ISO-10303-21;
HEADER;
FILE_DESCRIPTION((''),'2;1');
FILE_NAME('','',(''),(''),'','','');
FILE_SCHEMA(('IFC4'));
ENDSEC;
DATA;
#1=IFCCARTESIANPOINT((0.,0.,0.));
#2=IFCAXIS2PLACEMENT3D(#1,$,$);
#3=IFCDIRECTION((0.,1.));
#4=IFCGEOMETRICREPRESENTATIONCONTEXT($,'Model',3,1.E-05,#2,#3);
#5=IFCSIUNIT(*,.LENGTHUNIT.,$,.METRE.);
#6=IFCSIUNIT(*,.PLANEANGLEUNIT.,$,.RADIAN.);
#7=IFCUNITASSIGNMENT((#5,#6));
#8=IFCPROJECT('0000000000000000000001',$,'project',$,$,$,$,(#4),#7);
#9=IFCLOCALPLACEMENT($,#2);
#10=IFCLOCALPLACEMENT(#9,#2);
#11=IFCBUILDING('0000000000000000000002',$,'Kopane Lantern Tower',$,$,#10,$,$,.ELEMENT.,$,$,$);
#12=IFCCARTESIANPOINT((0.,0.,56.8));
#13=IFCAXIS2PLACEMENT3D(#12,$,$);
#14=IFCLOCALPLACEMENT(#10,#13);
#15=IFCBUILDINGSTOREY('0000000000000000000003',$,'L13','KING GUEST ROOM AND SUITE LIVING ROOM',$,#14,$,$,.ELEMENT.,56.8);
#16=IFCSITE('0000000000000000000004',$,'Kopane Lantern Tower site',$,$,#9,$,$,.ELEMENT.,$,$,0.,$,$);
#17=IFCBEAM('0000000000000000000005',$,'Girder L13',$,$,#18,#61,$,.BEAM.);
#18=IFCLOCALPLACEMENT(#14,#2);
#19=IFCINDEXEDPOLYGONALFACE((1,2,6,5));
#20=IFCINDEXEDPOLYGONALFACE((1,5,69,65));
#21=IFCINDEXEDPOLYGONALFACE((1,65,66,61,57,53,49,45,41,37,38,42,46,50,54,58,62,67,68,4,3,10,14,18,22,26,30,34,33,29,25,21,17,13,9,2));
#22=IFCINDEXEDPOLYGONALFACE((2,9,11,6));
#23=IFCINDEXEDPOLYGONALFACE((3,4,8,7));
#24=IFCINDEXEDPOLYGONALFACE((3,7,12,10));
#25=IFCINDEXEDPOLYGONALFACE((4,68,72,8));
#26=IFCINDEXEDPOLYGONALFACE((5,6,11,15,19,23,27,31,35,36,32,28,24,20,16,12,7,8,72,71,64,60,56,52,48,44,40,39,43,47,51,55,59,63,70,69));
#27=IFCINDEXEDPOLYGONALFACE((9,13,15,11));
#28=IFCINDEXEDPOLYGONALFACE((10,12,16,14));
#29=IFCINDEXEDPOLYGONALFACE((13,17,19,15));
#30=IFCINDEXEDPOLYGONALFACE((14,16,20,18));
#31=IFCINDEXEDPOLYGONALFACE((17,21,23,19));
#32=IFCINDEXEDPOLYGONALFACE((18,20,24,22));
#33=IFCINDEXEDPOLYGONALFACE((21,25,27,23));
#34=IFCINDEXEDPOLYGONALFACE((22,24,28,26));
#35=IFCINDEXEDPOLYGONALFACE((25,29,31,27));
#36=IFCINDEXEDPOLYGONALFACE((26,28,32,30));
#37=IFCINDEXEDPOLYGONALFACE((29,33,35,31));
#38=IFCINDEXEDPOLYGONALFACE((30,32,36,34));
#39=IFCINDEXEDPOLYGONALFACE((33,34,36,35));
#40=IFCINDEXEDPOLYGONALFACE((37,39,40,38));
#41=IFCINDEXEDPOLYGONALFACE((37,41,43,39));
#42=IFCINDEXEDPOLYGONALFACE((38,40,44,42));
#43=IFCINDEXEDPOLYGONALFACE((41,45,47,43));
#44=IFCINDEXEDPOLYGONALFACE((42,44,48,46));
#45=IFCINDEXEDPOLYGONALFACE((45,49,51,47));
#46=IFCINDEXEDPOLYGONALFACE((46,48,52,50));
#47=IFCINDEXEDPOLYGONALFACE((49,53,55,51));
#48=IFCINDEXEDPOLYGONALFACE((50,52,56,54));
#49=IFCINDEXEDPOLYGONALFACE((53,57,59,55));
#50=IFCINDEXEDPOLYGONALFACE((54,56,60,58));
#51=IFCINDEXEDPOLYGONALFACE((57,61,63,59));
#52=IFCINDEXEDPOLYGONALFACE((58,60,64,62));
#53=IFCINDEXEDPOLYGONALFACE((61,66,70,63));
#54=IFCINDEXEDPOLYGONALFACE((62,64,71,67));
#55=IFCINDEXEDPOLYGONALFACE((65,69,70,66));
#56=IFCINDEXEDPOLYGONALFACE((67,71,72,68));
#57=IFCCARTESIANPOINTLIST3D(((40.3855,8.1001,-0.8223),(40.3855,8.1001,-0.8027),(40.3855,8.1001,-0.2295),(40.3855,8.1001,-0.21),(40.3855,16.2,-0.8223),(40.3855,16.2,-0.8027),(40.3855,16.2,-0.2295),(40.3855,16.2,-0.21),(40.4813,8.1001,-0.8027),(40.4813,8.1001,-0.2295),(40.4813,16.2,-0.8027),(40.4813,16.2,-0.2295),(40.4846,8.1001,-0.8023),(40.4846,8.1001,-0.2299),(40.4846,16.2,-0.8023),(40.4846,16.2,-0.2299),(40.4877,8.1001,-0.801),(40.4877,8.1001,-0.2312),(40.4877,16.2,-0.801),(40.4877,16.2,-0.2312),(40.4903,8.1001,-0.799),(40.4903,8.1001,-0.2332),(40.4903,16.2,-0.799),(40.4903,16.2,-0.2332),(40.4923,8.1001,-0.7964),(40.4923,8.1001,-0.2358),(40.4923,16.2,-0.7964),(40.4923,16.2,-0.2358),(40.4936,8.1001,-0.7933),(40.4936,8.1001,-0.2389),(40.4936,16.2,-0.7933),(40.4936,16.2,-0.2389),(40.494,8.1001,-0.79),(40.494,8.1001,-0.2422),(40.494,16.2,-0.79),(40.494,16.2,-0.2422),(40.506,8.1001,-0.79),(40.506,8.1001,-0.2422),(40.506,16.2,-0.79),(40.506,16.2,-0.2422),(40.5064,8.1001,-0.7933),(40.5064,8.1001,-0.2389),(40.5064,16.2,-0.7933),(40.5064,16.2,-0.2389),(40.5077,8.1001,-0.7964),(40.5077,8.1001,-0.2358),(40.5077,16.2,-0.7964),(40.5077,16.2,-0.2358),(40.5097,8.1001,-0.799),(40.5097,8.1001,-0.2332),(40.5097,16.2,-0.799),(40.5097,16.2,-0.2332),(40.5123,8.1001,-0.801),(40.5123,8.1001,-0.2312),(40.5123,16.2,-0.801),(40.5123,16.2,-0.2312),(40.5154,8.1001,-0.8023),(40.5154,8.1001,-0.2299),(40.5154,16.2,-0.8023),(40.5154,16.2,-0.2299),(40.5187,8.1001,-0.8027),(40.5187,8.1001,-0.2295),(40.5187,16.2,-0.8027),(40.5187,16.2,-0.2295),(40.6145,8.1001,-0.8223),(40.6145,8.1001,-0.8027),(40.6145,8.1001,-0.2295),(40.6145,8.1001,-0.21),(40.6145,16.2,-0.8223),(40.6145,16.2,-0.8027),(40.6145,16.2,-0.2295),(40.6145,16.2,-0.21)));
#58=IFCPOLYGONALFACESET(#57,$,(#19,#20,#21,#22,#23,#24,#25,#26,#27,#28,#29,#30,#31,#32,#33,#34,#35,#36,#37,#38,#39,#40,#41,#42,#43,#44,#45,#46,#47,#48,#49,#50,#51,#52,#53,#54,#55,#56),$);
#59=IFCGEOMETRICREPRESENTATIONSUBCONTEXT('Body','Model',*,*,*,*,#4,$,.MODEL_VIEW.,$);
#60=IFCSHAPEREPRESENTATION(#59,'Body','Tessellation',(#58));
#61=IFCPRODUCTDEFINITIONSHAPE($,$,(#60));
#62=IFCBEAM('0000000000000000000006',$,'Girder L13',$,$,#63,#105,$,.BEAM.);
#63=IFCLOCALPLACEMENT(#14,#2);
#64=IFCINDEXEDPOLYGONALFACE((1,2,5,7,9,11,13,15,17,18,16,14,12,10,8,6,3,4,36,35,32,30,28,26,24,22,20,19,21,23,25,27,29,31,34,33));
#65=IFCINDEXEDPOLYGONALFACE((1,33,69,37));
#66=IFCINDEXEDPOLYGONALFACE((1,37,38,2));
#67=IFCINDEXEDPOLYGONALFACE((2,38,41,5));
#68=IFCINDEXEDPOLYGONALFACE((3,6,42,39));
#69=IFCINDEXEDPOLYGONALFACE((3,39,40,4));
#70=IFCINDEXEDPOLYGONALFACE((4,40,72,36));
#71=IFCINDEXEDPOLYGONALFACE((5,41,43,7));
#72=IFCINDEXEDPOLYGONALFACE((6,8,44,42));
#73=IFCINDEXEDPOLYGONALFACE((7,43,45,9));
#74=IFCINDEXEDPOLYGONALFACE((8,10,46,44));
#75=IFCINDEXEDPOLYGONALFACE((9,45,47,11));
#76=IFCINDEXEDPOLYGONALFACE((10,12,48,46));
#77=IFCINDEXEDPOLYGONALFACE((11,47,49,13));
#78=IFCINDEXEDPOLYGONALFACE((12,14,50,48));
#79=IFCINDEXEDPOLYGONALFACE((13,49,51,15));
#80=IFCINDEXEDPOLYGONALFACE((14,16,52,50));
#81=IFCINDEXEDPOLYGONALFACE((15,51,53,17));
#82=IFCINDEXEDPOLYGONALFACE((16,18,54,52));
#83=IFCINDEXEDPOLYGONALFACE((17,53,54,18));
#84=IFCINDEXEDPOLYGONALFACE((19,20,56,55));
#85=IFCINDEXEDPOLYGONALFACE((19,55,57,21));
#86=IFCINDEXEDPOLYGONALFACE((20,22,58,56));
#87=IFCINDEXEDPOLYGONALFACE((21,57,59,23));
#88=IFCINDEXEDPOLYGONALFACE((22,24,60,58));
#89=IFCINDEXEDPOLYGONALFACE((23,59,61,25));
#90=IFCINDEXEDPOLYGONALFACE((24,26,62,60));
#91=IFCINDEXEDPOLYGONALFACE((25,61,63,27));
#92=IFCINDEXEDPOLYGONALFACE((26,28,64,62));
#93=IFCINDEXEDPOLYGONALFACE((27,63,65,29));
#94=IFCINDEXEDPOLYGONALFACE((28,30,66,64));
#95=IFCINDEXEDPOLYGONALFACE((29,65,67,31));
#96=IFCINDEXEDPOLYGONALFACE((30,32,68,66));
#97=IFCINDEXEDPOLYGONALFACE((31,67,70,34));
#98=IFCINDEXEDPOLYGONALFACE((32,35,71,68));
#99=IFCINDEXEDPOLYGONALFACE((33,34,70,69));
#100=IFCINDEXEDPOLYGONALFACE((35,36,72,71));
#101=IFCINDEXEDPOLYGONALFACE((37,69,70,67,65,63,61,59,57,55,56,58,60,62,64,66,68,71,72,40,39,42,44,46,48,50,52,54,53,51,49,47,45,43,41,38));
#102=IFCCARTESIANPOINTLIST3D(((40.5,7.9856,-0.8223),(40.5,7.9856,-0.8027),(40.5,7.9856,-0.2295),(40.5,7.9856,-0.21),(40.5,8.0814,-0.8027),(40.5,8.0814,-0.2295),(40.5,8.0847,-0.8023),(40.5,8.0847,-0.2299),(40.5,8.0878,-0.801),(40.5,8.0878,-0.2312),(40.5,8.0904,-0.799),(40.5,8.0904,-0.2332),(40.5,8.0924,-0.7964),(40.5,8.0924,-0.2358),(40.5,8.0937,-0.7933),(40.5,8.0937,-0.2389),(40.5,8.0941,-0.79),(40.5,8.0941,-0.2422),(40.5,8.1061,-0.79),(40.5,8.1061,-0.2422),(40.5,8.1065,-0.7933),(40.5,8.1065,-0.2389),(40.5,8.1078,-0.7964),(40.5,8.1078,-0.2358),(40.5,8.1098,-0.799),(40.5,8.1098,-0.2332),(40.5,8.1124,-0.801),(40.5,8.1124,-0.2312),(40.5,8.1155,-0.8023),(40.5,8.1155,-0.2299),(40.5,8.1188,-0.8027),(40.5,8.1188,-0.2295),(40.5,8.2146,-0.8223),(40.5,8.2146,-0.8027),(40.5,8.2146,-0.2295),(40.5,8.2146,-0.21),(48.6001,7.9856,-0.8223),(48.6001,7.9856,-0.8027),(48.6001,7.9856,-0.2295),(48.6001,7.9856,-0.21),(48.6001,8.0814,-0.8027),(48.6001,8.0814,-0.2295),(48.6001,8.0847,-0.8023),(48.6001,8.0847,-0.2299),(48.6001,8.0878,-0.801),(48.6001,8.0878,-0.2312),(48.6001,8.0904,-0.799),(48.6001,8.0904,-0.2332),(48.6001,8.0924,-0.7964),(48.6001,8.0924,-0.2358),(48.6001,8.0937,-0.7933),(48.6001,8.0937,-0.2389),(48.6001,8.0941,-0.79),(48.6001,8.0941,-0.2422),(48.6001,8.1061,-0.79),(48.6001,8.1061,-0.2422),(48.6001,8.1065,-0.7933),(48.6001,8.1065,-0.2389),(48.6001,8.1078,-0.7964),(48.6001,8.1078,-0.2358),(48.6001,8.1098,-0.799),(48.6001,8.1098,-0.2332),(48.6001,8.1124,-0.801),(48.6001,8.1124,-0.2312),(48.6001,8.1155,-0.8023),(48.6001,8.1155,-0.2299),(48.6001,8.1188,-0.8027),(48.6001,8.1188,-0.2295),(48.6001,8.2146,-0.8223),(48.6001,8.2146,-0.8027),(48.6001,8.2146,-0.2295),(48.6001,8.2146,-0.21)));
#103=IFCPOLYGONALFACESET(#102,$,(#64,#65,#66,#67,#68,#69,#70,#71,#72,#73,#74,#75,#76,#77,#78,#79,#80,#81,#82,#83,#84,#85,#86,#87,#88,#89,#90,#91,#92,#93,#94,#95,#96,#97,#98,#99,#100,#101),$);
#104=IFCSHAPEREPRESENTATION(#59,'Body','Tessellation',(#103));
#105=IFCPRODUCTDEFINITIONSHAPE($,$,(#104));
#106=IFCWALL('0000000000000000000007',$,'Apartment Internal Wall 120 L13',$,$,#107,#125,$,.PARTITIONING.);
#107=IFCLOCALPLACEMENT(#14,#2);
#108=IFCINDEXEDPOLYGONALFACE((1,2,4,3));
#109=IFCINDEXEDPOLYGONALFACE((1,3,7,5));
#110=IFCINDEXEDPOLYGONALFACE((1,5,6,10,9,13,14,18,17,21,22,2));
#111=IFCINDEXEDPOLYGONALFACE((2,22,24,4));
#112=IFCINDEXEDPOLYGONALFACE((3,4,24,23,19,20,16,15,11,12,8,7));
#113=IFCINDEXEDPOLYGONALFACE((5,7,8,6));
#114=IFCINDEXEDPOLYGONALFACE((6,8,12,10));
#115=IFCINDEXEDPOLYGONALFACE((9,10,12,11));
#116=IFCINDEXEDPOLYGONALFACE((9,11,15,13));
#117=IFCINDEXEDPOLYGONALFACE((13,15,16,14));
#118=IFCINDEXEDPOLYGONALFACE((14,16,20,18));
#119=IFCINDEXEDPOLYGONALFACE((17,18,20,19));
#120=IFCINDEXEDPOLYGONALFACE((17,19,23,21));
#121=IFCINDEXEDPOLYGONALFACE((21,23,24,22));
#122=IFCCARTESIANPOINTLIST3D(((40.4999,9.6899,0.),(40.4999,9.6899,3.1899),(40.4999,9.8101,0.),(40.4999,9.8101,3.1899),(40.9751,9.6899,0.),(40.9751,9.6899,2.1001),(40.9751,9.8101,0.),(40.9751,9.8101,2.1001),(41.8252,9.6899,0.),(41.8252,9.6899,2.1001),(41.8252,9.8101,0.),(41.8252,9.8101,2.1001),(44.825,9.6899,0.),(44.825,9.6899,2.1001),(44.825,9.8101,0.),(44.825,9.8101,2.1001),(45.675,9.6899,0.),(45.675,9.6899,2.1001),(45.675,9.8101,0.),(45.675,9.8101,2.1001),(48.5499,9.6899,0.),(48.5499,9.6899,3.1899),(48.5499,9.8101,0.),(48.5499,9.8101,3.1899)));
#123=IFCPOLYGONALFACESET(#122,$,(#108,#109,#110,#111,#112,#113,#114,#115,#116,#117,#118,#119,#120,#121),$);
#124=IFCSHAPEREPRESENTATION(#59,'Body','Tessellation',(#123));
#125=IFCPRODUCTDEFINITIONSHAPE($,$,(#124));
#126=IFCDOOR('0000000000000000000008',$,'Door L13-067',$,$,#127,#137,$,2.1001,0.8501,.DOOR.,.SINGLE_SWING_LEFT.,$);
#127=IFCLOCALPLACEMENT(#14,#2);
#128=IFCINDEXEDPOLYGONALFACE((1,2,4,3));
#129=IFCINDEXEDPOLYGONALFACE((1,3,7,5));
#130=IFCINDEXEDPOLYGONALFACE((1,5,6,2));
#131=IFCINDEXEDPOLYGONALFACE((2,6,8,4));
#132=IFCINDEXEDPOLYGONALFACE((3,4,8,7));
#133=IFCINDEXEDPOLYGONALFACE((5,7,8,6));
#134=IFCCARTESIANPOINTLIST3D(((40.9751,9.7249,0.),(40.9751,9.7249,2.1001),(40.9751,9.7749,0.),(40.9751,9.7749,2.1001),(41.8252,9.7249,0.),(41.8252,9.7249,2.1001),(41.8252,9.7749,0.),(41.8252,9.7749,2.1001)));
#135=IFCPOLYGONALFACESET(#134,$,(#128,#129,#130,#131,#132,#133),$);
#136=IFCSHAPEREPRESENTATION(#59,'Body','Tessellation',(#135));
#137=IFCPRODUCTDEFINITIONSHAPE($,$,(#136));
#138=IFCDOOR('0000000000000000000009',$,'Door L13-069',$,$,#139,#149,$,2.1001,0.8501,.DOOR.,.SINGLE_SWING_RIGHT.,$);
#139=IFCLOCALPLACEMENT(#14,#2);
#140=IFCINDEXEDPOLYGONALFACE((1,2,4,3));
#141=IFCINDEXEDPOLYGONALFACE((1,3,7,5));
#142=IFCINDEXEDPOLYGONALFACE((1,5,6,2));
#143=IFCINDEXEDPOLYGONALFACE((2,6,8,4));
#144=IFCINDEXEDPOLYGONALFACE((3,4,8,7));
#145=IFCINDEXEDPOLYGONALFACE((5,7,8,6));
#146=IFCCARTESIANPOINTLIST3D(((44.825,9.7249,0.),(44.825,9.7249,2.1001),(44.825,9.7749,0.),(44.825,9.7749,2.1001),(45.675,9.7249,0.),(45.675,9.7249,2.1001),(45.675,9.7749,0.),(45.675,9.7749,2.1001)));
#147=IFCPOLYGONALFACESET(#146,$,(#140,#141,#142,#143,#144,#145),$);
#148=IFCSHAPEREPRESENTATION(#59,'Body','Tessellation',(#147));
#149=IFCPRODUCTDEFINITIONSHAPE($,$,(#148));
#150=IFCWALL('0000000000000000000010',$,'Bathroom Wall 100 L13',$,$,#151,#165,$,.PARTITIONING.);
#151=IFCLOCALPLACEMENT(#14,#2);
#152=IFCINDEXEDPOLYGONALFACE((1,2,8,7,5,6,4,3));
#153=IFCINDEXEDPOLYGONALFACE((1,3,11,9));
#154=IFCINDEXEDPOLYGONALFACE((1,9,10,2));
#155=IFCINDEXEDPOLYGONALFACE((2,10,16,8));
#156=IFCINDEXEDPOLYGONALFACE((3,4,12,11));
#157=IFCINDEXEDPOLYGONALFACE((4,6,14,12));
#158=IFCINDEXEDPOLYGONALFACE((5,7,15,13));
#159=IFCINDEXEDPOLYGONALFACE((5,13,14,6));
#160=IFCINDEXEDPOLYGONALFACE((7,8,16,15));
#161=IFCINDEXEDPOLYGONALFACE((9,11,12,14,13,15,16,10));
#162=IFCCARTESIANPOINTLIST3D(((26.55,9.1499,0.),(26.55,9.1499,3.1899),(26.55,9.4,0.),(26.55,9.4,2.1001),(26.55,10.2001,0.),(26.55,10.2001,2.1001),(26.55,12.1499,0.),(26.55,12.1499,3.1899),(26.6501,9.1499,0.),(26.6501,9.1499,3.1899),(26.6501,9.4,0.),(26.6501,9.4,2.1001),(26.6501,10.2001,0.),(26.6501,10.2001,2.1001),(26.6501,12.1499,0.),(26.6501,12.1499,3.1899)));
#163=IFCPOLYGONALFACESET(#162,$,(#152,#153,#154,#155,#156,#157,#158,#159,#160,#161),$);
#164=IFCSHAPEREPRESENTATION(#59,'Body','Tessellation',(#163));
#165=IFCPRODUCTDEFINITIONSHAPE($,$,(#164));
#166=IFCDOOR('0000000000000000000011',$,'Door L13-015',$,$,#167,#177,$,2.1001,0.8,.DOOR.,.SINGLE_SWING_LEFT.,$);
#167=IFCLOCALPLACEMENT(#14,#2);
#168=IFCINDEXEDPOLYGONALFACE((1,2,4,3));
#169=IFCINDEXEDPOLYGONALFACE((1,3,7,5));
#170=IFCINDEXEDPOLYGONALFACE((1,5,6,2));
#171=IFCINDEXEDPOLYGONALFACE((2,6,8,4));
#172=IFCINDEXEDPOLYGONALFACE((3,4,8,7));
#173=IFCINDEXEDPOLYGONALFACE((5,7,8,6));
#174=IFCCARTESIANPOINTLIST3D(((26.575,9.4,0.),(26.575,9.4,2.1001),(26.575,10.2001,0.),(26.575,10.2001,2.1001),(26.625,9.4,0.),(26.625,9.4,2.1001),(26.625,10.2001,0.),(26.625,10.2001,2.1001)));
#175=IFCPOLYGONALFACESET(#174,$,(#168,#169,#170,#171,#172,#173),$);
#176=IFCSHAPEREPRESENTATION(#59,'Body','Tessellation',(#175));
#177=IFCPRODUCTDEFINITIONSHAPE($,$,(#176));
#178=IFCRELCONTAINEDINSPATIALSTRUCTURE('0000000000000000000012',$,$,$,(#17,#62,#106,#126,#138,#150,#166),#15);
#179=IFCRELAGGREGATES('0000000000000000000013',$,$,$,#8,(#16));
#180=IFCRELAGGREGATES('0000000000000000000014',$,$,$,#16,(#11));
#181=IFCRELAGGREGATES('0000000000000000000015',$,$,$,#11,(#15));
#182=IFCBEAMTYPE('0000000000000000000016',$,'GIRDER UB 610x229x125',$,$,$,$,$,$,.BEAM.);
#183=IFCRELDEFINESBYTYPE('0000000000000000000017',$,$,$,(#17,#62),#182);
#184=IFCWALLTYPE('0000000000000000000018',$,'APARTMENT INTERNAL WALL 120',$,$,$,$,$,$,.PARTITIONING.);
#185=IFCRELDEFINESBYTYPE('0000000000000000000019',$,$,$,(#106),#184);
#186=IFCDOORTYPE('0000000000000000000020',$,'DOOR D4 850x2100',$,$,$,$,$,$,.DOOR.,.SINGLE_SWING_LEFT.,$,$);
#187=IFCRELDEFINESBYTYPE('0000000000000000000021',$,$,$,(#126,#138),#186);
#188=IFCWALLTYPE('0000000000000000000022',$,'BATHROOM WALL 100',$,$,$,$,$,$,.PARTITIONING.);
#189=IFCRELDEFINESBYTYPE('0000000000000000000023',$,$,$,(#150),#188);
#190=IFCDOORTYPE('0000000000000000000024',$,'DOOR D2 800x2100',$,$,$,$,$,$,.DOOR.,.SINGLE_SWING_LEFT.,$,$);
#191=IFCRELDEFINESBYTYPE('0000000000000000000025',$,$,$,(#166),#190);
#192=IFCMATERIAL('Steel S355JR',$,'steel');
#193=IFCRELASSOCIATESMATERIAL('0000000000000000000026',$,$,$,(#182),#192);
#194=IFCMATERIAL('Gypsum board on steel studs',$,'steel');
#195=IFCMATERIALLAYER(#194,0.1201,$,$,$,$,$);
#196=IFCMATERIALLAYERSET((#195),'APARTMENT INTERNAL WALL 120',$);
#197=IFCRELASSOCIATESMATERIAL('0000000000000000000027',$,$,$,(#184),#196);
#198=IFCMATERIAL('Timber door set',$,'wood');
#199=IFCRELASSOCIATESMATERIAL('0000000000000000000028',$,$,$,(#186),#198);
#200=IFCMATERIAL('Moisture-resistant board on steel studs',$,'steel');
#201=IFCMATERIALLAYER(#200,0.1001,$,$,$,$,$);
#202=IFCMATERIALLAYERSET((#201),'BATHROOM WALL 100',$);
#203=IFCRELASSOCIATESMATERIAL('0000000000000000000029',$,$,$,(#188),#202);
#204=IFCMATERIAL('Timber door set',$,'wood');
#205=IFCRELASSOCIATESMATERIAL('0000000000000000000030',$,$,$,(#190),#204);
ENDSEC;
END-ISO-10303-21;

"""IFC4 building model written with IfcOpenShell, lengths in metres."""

from ifc_helpers import new_model, si_unit, direction, frame, frame_2d, origin, origin_2d, place, context, subcontext, project, spatial, rectangle, i_section, extrude, material, layer, layer_set, material_profile, profile_set, type_object, element, fill, save


model = new_model("IFC4")

# Units and contexts
model_context = context("Model", 3, precision=1e-05, world=origin(), true_north=direction((0.0, 1.0)))
body_context = subcontext(model_context, "Body", "Model", "MODEL_VIEW")
ifc_project = project(units=[si_unit("LENGTHUNIT", "METRE"), si_unit("PLANEANGLEUNIT", "RADIAN")], contexts=[model_context])

# Site, building, storey
site_placement = place(None, origin())
site = spatial("IfcSite", under=ifc_project, at=site_placement, Name="Kopane Lantern Tower site", CompositionType="ELEMENT", RefElevation=0.0)
building_placement = place(site_placement, origin())
building = spatial("IfcBuilding", under=site, at=building_placement, Name="Kopane Lantern Tower", CompositionType="ELEMENT")
storey_placement = place(building_placement, frame((0.0, 0.0, 56.8)))
storey = spatial("IfcBuildingStorey", under=building, at=storey_placement, Name="L13", Description="KING GUEST ROOM AND SUITE LIVING ROOM", CompositionType="ELEMENT", Elevation=56.8)

# Beams
ifc_material_1 = material(Name="Steel S355JR", Category="steel")
ifc_material_profile_1 = material_profile(ifc_material_1, i_section(OverallWidth=0.229, OverallDepth=0.6123, WebThickness=0.012, FlangeThickness=0.0195, FilletRadius=0.0127, at=origin_2d()), Name="UB 610x229x125")
ifc_profile_set_1 = profile_set([ifc_material_profile_1], Name="Steel S355JR")
beam_type = type_object("IfcBeamType", Name="GIRDER UB 610x229x125", PredefinedType="BEAM", material=ifc_profile_set_1)
beam_1_placement = place(storey_placement, frame((40.5, 8.1001, -0.5161), z_axis=(0.0, 1.0, 0.0), x_axis=(-1.0, 0.0, 0.0)))
element("IfcBeam", 1, at=beam_1_placement, inside=storey, type_object=beam_type, Name="Girder L13", PredefinedType="BEAM", context=body_context, shape_type="SweptSolid", body=[
    extrude(i_section(OverallWidth=0.229, OverallDepth=0.6123, WebThickness=0.012, FlangeThickness=0.0195, FilletRadius=0.0127, at=origin_2d()), origin(), (0.0, 0.0, 1.0), 8.0999),
])
beam_2_placement = place(storey_placement, frame((40.5, 8.1001, -0.5161), z_axis=(1.0, 0.0, 0.0), x_axis=(0.0, 1.0, 0.0)))
element("IfcBeam", 2, at=beam_2_placement, inside=storey, type_object=beam_type, Name="Girder L13", PredefinedType="BEAM", context=body_context, shape_type="SweptSolid", body=[
    extrude(i_section(OverallWidth=0.229, OverallDepth=0.6123, WebThickness=0.012, FlangeThickness=0.0195, FilletRadius=0.0127, at=origin_2d()), origin(), (0.0, 0.0, 1.0), 8.1001),
])

# Wall, openings, doors
ifc_material_2 = material(Name="Gypsum board on steel studs", Category="steel")
ifc_layer_1 = layer(ifc_material_2, 0.1201)
ifc_layer_set_1 = layer_set([ifc_layer_1], Name="APARTMENT INTERNAL WALL 120")
wall_type_1 = type_object("IfcWallType", Name="APARTMENT INTERNAL WALL 120", PredefinedType="PARTITIONING", material=ifc_layer_set_1)
wall_1_placement = place(storey_placement, frame((40.5, 9.75, 0.0), z_axis=(0.0, 0.0, 1.0), x_axis=(1.0, 0.0, 0.0)))
wall_1 = element("IfcWall", 3, at=wall_1_placement, inside=storey, type_object=wall_type_1, Name="Apartment Internal Wall 120 L13", PredefinedType="PARTITIONING", context=body_context, shape_type="SweptSolid", body=[
    extrude(rectangle(XDim=8.05, YDim=0.1201, at=frame_2d((4.0249, 0.0))), origin(), (0.0, 0.0, 1.0), 3.1899),
])
opening_1_placement = place(wall_1_placement, frame((0.4751, 0.0, 0.0)))
opening_1 = element("IfcOpeningElement", 4, at=opening_1_placement, cuts=wall_1, PredefinedType="OPENING", context=body_context, shape_type="SweptSolid", body=[
    extrude(rectangle(XDim=0.8501, YDim=2.1001, at=frame_2d((0.425, 1.05))), frame((0.0, 0.0701, 0.0), z_axis=(0.0, -1.0, 0.0), x_axis=(1.0, 0.0, 0.0)), (0.0, 0.0, 1.0), 0.1401),
])
opening_2_placement = place(wall_1_placement, frame((4.325, 0.0, 0.0)))
opening_2 = element("IfcOpeningElement", 5, at=opening_2_placement, cuts=wall_1, PredefinedType="OPENING", context=body_context, shape_type="SweptSolid", body=[
    extrude(rectangle(XDim=0.8501, YDim=2.1001, at=frame_2d((0.425, 1.05))), frame((0.0, 0.0701, 0.0), z_axis=(0.0, -1.0, 0.0), x_axis=(1.0, 0.0, 0.0)), (0.0, 0.0, 1.0), 0.1401),
])
ifc_material_3 = material(Name="Timber door set", Category="wood")
door_type_1 = type_object("IfcDoorType", Name="DOOR D4 850x2100", OperationType="SINGLE_SWING_LEFT", PredefinedType="DOOR", material=ifc_material_3)
door_1_placement = place(opening_1_placement, origin())
door_1 = element("IfcDoor", 6, at=door_1_placement, inside=storey, type_object=door_type_1, Name="Door L13-067", OperationType="SINGLE_SWING_LEFT", OverallHeight=2.1001, OverallWidth=0.8501, PredefinedType="DOOR", context=body_context, shape_type="SweptSolid", body=[
    extrude(rectangle(XDim=0.8501, YDim=2.1001, at=frame_2d((0.425, 1.05))), frame((0.0, 0.0249, 0.0), z_axis=(0.0, -1.0, 0.0), x_axis=(1.0, 0.0, 0.0)), (0.0, 0.0, 1.0), 0.05),
])
fill(opening_1, door_1)
door_2_placement = place(opening_2_placement, origin())
door_2 = element("IfcDoor", 7, at=door_2_placement, inside=storey, type_object=door_type_1, Name="Door L13-069", OperationType="SINGLE_SWING_RIGHT", OverallHeight=2.1001, OverallWidth=0.8501, PredefinedType="DOOR", context=body_context, shape_type="SweptSolid", body=[
    extrude(rectangle(XDim=0.8501, YDim=2.1001, at=frame_2d((0.425, 1.05))), frame((0.0, 0.0249, 0.0), z_axis=(0.0, -1.0, 0.0), x_axis=(1.0, 0.0, 0.0)), (0.0, 0.0, 1.0), 0.05),
])
fill(opening_2, door_2)

# Wall, opening, door
ifc_material_4 = material(Name="Moisture-resistant board on steel studs", Category="steel")
ifc_layer_2 = layer(ifc_material_4, 0.1001)
ifc_layer_set_2 = layer_set([ifc_layer_2], Name="BATHROOM WALL 100")
wall_type_2 = type_object("IfcWallType", Name="BATHROOM WALL 100", PredefinedType="PARTITIONING", material=ifc_layer_set_2)
wall_2_placement = place(storey_placement, frame((26.6001, 12.1499, 0.0), z_axis=(0.0, 0.0, 1.0), x_axis=(0.0, -1.0, 0.0)))
wall_2 = element("IfcWall", 8, at=wall_2_placement, inside=storey, type_object=wall_type_2, Name="Bathroom Wall 100 L13", PredefinedType="PARTITIONING", context=body_context, shape_type="SweptSolid", body=[
    extrude(rectangle(XDim=3.0, YDim=0.1001, at=frame_2d((1.5, 0.0))), origin(), (0.0, 0.0, 1.0), 3.1899),
])
opening_3_placement = place(wall_2_placement, frame((1.95, 0.0, 0.0)))
opening_3 = element("IfcOpeningElement", 9, at=opening_3_placement, cuts=wall_2, PredefinedType="OPENING", context=body_context, shape_type="SweptSolid", body=[
    extrude(rectangle(XDim=0.8, YDim=2.1001, at=frame_2d((0.3999, 1.05))), frame((0.0, 0.0601, 0.0), z_axis=(0.0, -1.0, 0.0), x_axis=(1.0, 0.0, 0.0)), (0.0, 0.0, 1.0), 0.1201),
])
ifc_material_5 = material(Name="Timber door set", Category="wood")
door_type_2 = type_object("IfcDoorType", Name="DOOR D2 800x2100", OperationType="SINGLE_SWING_LEFT", PredefinedType="DOOR", material=ifc_material_5)
door_3_placement = place(opening_3_placement, origin())
door_3 = element("IfcDoor", 10, at=door_3_placement, inside=storey, type_object=door_type_2, Name="Door L13-015", OperationType="SINGLE_SWING_LEFT", OverallHeight=2.1001, OverallWidth=0.8, PredefinedType="DOOR", context=body_context, shape_type="SweptSolid", body=[
    extrude(rectangle(XDim=0.8, YDim=2.1001, at=frame_2d((0.3999, 1.05))), frame((0.0, 0.0249, 0.0), z_axis=(0.0, -1.0, 0.0), x_axis=(1.0, 0.0, 0.0)), (0.0, 0.0, 1.0), 0.05),
])
fill(opening_3, door_3)

save(model, "model.ifc")
